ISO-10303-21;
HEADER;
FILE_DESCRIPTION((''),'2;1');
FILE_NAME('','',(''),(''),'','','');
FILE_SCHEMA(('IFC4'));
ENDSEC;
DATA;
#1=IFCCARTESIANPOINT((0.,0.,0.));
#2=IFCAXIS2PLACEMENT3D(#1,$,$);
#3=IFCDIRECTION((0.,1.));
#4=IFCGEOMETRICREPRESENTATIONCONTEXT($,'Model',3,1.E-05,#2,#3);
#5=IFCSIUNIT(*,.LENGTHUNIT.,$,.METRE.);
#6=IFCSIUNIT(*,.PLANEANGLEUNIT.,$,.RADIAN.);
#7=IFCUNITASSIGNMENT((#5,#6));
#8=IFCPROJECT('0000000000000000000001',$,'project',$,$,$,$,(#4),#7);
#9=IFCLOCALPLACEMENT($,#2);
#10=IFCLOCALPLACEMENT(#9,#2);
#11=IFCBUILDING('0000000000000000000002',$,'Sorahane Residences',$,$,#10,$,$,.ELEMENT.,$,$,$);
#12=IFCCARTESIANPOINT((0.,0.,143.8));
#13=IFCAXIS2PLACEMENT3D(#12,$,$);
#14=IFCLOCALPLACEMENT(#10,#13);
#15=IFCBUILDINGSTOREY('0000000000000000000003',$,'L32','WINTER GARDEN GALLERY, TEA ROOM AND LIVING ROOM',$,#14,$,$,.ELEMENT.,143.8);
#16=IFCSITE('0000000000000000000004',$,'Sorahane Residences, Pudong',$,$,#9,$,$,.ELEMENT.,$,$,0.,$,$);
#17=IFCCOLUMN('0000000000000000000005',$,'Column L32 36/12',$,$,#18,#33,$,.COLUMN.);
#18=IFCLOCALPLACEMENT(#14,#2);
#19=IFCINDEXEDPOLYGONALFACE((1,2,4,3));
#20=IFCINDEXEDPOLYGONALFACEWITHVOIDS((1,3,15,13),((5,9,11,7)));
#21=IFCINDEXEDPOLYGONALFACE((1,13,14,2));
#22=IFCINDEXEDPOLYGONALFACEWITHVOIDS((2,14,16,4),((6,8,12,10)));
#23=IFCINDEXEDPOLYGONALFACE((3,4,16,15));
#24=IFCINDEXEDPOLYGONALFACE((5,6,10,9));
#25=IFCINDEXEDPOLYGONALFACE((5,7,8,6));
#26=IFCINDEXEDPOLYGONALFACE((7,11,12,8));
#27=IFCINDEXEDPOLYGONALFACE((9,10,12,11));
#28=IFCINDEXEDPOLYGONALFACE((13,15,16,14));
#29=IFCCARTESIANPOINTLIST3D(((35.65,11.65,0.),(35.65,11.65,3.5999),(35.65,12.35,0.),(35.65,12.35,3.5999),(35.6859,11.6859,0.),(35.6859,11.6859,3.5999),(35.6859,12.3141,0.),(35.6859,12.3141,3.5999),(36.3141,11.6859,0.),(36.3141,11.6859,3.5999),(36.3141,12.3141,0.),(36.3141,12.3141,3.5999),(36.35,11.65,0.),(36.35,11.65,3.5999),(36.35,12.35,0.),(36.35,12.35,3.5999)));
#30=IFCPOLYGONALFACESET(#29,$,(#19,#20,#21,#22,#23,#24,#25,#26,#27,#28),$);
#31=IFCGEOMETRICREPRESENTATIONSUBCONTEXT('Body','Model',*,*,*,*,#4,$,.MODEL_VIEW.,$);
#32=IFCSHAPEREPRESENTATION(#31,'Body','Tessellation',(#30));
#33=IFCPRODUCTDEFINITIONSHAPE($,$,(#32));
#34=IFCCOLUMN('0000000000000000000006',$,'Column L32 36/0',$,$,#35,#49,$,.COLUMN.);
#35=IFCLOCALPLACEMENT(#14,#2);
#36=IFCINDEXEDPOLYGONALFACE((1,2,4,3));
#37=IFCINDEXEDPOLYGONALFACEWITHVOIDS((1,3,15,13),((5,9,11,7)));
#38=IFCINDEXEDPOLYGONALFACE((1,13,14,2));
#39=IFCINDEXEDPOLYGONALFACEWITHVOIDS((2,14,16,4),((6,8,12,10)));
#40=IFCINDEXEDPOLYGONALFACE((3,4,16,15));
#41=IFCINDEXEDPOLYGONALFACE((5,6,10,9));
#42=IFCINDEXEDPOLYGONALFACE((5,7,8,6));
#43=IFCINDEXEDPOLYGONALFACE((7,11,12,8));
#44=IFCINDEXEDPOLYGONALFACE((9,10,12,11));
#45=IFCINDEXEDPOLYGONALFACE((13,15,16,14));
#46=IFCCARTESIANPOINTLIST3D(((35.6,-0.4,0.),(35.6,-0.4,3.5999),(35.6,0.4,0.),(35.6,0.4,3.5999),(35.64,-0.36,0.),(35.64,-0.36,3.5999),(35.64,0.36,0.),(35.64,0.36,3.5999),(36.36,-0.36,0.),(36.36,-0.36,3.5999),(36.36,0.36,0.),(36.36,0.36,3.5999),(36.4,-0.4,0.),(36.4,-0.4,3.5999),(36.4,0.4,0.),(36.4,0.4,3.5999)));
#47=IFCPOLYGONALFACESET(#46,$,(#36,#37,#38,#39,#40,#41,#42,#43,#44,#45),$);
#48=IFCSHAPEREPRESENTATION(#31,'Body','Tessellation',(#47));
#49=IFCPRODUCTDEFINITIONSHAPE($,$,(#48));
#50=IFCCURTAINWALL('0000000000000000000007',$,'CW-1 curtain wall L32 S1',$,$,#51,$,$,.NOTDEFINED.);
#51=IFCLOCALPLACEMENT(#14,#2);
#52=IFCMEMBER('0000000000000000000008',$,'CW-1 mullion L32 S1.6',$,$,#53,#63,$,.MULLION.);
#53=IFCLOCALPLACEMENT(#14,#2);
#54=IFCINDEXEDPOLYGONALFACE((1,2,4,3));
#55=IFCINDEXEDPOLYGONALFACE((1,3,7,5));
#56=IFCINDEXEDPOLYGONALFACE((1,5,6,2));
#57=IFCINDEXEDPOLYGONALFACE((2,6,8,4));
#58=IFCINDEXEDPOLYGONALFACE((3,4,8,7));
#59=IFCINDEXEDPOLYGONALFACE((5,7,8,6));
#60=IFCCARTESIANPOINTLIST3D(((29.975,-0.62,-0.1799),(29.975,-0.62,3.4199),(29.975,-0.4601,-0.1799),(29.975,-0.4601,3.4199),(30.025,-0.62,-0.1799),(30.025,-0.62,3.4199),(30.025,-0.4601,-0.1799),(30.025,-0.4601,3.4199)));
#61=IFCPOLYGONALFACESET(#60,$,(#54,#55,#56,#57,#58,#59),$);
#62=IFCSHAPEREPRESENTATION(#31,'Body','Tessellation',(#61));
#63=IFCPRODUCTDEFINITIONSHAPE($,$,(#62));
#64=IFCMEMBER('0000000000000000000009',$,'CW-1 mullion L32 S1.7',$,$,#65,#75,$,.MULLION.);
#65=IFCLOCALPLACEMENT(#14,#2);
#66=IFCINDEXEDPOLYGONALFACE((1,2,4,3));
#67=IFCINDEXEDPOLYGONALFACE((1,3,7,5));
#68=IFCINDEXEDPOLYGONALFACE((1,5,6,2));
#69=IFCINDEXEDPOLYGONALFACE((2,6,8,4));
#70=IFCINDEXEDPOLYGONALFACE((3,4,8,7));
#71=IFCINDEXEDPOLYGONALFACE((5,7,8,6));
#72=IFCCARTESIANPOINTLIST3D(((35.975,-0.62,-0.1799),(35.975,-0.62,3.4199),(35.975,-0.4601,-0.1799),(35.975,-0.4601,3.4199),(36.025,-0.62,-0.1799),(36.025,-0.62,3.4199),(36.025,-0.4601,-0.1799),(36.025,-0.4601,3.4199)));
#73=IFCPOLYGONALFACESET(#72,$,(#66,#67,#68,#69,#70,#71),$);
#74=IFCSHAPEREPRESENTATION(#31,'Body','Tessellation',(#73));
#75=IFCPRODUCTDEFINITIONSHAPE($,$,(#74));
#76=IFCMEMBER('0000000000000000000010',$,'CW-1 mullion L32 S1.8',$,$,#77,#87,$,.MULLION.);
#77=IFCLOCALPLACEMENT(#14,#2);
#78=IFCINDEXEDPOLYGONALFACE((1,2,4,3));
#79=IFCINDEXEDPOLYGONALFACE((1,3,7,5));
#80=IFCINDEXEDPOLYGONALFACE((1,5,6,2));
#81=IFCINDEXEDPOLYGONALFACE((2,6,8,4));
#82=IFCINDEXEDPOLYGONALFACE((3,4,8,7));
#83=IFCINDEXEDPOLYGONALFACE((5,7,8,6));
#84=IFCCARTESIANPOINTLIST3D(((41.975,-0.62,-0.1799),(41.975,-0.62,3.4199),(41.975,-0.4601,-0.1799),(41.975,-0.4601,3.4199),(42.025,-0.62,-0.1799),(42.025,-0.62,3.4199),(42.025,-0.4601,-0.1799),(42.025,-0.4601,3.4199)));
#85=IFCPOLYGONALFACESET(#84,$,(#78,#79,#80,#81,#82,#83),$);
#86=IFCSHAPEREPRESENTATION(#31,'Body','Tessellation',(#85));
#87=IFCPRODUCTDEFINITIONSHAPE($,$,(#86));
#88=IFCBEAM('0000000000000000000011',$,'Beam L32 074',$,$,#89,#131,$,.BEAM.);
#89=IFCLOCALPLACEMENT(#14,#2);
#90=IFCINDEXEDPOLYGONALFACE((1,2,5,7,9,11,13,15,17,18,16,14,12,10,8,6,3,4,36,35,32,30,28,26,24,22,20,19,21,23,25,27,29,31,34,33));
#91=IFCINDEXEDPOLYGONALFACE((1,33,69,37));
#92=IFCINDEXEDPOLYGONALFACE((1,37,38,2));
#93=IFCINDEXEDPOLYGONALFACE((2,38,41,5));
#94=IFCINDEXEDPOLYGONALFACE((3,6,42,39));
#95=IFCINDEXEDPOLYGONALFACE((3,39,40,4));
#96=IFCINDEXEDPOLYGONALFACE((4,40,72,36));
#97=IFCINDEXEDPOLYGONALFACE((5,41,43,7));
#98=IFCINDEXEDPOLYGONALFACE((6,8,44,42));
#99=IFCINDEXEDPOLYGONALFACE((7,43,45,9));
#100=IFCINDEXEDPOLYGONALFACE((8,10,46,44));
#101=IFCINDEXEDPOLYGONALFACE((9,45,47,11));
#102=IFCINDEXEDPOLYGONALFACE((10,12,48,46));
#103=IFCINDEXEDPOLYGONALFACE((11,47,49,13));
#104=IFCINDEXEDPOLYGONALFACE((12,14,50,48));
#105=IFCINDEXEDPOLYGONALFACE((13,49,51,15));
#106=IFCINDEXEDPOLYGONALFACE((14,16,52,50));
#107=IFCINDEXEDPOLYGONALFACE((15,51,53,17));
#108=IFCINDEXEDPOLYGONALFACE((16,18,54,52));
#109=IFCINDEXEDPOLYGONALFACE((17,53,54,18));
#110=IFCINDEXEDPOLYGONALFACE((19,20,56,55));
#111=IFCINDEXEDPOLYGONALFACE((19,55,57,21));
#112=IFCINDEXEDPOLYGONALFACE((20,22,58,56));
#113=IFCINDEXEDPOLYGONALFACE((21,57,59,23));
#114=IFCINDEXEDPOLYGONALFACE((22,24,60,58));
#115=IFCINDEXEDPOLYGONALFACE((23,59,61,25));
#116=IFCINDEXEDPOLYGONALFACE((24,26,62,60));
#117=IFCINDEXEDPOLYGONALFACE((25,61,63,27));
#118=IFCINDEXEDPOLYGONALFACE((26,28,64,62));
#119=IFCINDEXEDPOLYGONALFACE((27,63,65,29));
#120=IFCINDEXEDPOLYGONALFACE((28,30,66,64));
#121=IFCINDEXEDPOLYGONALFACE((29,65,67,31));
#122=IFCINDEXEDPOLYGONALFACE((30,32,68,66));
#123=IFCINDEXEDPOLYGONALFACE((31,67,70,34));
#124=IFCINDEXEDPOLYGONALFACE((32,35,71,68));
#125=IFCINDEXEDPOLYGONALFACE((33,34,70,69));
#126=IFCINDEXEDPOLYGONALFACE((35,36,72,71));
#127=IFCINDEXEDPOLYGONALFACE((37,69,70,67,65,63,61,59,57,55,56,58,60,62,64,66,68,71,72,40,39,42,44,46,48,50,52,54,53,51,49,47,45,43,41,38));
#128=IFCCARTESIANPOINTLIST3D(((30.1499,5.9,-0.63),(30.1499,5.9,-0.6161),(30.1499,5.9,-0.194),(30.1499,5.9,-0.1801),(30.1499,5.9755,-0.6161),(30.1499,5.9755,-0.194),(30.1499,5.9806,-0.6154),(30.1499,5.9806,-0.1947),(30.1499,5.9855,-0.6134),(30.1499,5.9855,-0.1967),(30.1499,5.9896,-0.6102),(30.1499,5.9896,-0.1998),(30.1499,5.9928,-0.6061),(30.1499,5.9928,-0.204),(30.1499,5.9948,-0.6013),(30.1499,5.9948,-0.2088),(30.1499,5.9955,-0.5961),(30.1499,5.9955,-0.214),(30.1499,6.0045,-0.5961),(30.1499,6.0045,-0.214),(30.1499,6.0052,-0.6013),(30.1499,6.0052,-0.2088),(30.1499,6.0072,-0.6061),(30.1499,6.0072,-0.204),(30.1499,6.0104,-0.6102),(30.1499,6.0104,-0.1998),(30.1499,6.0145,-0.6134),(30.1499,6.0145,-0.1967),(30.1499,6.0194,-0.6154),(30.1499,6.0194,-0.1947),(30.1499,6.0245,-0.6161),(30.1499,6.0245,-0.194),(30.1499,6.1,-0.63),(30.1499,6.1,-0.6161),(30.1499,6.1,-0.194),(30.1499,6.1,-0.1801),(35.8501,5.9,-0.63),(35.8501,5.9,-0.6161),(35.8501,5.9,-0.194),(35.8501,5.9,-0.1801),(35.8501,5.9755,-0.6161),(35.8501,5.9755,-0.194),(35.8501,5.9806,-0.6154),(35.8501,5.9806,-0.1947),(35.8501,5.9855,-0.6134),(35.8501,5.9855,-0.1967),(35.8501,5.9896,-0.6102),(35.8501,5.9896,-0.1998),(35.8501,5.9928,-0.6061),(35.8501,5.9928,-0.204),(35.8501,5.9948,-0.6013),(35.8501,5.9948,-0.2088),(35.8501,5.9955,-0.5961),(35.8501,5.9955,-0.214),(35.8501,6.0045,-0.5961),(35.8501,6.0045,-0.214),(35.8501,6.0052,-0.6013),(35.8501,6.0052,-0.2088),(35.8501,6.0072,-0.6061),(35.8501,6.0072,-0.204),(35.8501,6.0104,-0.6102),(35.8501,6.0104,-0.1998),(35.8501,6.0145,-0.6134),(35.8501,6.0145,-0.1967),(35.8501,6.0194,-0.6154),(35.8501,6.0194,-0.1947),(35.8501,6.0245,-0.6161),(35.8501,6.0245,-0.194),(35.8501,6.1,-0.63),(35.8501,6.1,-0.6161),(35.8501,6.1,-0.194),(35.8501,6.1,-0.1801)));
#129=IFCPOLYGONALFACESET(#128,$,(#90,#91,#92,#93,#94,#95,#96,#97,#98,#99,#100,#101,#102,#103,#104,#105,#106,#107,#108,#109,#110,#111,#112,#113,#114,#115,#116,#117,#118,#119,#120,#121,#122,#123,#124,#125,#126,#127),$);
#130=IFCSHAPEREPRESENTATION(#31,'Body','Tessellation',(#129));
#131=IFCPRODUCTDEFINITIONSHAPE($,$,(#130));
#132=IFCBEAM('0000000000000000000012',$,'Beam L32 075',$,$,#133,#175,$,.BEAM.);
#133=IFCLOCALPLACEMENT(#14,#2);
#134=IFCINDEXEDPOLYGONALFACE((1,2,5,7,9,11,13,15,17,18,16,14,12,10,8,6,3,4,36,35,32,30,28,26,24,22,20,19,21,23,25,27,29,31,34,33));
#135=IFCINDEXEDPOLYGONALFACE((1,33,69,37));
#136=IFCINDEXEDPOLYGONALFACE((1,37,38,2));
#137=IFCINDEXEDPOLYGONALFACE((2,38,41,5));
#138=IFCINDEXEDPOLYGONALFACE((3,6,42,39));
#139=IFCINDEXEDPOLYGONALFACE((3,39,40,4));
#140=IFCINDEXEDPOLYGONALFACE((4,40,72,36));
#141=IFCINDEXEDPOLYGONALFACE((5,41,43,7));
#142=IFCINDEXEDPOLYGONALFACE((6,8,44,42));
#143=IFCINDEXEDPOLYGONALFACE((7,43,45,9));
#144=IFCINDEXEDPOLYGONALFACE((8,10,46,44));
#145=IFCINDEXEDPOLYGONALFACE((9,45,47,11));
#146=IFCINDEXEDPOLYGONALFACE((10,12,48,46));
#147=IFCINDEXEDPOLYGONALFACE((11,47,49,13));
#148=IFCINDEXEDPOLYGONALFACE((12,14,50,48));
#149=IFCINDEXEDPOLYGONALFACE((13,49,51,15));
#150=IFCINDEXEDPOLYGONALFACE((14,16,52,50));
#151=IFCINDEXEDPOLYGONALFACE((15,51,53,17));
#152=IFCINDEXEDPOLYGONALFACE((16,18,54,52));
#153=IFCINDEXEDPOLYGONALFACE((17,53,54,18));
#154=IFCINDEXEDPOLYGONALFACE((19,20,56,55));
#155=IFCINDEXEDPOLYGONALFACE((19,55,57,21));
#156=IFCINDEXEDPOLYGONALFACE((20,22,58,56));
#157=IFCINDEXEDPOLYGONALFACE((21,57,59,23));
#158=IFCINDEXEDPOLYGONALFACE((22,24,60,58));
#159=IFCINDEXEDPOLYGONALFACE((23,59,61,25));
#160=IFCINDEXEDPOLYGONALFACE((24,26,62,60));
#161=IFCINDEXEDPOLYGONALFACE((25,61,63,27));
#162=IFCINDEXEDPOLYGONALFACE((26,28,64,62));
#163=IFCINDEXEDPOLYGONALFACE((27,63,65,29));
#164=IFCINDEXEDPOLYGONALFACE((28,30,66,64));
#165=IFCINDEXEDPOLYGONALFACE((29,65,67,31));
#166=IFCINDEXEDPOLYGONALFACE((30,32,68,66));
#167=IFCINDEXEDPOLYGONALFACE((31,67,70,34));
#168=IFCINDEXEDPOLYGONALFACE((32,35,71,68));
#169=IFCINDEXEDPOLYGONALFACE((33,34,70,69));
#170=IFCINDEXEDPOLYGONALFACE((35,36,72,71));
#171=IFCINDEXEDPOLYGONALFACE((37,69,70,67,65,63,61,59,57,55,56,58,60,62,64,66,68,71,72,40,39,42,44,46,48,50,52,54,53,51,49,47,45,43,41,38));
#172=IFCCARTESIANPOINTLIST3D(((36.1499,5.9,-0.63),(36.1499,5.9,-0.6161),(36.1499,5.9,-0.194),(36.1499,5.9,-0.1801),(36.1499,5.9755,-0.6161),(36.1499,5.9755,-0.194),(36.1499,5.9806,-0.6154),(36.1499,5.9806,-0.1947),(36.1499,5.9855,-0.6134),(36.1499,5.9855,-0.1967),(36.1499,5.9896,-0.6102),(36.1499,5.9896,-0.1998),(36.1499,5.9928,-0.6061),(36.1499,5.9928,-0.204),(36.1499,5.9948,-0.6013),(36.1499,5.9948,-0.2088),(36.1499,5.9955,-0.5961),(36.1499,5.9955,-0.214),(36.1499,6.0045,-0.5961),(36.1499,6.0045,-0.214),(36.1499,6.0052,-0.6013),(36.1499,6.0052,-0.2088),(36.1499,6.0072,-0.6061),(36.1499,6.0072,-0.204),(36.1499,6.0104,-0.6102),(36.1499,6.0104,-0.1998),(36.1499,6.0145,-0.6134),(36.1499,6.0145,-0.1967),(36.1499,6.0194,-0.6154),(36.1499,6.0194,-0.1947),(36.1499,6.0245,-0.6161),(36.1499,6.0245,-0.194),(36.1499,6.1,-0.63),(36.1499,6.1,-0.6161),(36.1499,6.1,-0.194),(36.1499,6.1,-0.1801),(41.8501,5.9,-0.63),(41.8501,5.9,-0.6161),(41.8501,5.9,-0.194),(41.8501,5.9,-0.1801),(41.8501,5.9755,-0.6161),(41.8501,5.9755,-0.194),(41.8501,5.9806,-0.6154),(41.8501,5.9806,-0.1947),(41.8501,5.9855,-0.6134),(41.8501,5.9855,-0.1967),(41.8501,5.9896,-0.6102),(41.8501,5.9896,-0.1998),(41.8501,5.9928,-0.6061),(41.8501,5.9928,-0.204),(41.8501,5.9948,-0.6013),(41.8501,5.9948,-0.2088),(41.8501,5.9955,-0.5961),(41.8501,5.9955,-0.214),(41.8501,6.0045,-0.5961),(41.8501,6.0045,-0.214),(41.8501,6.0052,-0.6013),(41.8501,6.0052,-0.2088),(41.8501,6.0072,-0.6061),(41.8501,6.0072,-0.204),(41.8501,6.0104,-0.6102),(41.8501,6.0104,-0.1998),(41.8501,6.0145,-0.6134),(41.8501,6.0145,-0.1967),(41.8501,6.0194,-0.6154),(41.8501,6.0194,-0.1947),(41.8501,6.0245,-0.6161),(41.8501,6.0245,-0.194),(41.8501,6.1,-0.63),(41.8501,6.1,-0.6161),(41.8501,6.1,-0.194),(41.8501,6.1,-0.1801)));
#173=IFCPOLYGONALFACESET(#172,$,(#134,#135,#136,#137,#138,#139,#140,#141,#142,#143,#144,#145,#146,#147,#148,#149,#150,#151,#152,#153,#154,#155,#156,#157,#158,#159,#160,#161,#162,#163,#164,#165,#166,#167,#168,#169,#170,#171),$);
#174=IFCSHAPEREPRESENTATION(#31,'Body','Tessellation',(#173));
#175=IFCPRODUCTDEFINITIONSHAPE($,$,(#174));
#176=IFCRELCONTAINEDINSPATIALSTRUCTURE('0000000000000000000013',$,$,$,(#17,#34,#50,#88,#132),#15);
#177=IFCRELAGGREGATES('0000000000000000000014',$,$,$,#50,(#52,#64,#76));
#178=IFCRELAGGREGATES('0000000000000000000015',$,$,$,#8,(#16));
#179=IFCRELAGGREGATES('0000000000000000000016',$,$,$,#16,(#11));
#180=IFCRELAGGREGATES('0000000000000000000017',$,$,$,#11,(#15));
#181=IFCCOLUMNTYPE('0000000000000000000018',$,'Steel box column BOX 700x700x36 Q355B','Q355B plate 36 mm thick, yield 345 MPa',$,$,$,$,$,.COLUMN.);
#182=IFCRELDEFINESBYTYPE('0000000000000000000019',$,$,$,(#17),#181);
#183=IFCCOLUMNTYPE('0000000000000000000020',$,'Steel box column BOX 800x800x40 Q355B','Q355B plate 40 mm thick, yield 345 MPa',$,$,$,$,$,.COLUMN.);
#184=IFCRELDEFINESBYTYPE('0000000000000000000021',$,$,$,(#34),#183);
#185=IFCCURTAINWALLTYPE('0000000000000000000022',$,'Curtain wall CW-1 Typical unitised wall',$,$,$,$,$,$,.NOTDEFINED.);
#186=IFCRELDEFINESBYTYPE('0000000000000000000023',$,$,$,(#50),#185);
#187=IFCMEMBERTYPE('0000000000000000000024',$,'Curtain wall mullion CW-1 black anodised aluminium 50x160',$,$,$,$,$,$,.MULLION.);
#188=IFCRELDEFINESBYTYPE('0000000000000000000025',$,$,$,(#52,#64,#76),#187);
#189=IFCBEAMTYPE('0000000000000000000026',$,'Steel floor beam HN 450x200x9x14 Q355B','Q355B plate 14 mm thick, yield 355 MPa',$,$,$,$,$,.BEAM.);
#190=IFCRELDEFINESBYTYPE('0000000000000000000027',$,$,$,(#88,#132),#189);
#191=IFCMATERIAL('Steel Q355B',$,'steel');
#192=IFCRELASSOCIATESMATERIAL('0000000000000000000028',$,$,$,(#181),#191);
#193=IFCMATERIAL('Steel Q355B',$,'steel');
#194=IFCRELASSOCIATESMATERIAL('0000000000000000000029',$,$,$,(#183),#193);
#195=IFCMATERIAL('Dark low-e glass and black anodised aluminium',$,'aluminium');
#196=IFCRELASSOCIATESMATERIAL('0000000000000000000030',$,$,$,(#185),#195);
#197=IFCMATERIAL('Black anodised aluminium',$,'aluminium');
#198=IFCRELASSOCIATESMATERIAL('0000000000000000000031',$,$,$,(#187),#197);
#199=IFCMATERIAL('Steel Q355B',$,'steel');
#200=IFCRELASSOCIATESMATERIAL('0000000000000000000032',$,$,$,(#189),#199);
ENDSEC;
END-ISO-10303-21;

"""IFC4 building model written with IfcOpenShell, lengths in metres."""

from ifc_helpers import new_model, si_unit, direction, frame, origin, origin_2d, place, context, subcontext, project, spatial, rectangle, hollow_rectangle, i_section, extrude, material, material_profile, profile_set, type_object, element, aggregate, save


model = new_model("IFC4")

# Units and contexts
model_context = context("Model", 3, precision=1e-05, world=origin(), true_north=direction((0.0, 1.0)))
body_context = subcontext(model_context, "Body", "Model", "MODEL_VIEW")
ifc_project = project(units=[si_unit("LENGTHUNIT", "METRE"), si_unit("PLANEANGLEUNIT", "RADIAN")], contexts=[model_context])

# Site, building, storey
site_placement = place(None, origin())
site = spatial("IfcSite", under=ifc_project, at=site_placement, Name="Sorahane Residences, Pudong", CompositionType="ELEMENT", RefElevation=0.0)
building_placement = place(site_placement, origin())
building = spatial("IfcBuilding", under=site, at=building_placement, Name="Sorahane Residences", CompositionType="ELEMENT")
storey_placement = place(building_placement, frame((0.0, 0.0, 143.8)))
storey = spatial("IfcBuildingStorey", under=building, at=storey_placement, Name="L32", Description="WINTER GARDEN GALLERY, TEA ROOM AND LIVING ROOM", CompositionType="ELEMENT", Elevation=143.8)

# Columns
ifc_material_1 = material(Name="Steel Q355B", Category="steel")
ifc_material_profile_1 = material_profile(ifc_material_1, hollow_rectangle(XDim=0.7, YDim=0.7, WallThickness=0.0359, at=origin_2d()), Name="BOX 700x700x36")
ifc_profile_set_1 = profile_set([ifc_material_profile_1], Name="Steel Q355B")
column_type_1 = type_object("IfcColumnType", Name="Steel box column BOX 700x700x36 Q355B", Description="Q355B plate 36 mm thick, yield 345 MPa", PredefinedType="COLUMN", material=ifc_profile_set_1)
column_1_placement = place(storey_placement, frame((36.0, 12.0, 0.0), z_axis=(0.0, 0.0, 1.0), x_axis=(1.0, 0.0, 0.0)))
element("IfcColumn", 1, at=column_1_placement, inside=storey, type_object=column_type_1, Name="Column L32 36/12", PredefinedType="COLUMN", context=body_context, shape_type="SweptSolid", body=[
    extrude(hollow_rectangle(XDim=0.7, YDim=0.7, WallThickness=0.0359, at=origin_2d()), origin(), (0.0, 0.0, 1.0), 3.5999),
])
ifc_material_2 = material(Name="Steel Q355B", Category="steel")
ifc_material_profile_2 = material_profile(ifc_material_2, hollow_rectangle(XDim=0.8, YDim=0.8, WallThickness=0.04, at=origin_2d()), Name="BOX 800x800x40")
ifc_profile_set_2 = profile_set([ifc_material_profile_2], Name="Steel Q355B")
column_type_2 = type_object("IfcColumnType", Name="Steel box column BOX 800x800x40 Q355B", Description="Q355B plate 40 mm thick, yield 345 MPa", PredefinedType="COLUMN", material=ifc_profile_set_2)
column_2_placement = place(storey_placement, frame((36.0, 0.0, 0.0), z_axis=(0.0, 0.0, 1.0), x_axis=(1.0, 0.0, 0.0)))
element("IfcColumn", 2, at=column_2_placement, inside=storey, type_object=column_type_2, Name="Column L32 36/0", PredefinedType="COLUMN", context=body_context, shape_type="SweptSolid", body=[
    extrude(hollow_rectangle(XDim=0.8, YDim=0.8, WallThickness=0.04, at=origin_2d()), origin(), (0.0, 0.0, 1.0), 3.5999),
])

# Curtain wall, members
ifc_material_3 = material(Name="Dark low-e glass and black anodised aluminium", Category="aluminium")
curtain_wall_type = type_object("IfcCurtainWallType", Name="Curtain wall CW-1 Typical unitised wall", PredefinedType="NOTDEFINED", material=ifc_material_3)
curtain_wall_placement = place(storey_placement, origin())
curtain_wall = element("IfcCurtainWall", 3, at=curtain_wall_placement, inside=storey, type_object=curtain_wall_type, Name="CW-1 curtain wall L32 S1", PredefinedType="NOTDEFINED")
ifc_material_4 = material(Name="Black anodised aluminium", Category="aluminium")
ifc_material_profile_3 = material_profile(ifc_material_4, rectangle(XDim=0.1599, YDim=0.05, at=origin_2d()), Name="Curtain wall mullion CW-1 black anodised aluminium 50x160")
ifc_profile_set_3 = profile_set([ifc_material_profile_3], Name="Black anodised aluminium")
member_type = type_object("IfcMemberType", Name="Curtain wall mullion CW-1 black anodised aluminium 50x160", PredefinedType="MULLION", material=ifc_profile_set_3)
member_1_placement = place(storey_placement, frame((30.0, -0.54, -0.1799), z_axis=(0.0, 0.0, 1.0), x_axis=(0.0, -1.0, 0.0)))
member_1 = element("IfcMember", 4, at=member_1_placement, type_object=member_type, Name="CW-1 mullion L32 S1.6", PredefinedType="MULLION", context=body_context, shape_type="SweptSolid", body=[
    extrude(rectangle(XDim=0.1599, YDim=0.05, at=origin_2d()), origin(), (0.0, 0.0, 1.0), 3.5999),
])
member_2_placement = place(storey_placement, frame((36.0, -0.54, -0.1799), z_axis=(0.0, 0.0, 1.0), x_axis=(0.0, -1.0, 0.0)))
member_2 = element("IfcMember", 5, at=member_2_placement, type_object=member_type, Name="CW-1 mullion L32 S1.7", PredefinedType="MULLION", context=body_context, shape_type="SweptSolid", body=[
    extrude(rectangle(XDim=0.1599, YDim=0.05, at=origin_2d()), origin(), (0.0, 0.0, 1.0), 3.5999),
])
member_3_placement = place(storey_placement, frame((42.0, -0.54, -0.1799), z_axis=(0.0, 0.0, 1.0), x_axis=(0.0, -1.0, 0.0)))
member_3 = element("IfcMember", 6, at=member_3_placement, type_object=member_type, Name="CW-1 mullion L32 S1.8", PredefinedType="MULLION", context=body_context, shape_type="SweptSolid", body=[
    extrude(rectangle(XDim=0.1599, YDim=0.05, at=origin_2d()), origin(), (0.0, 0.0, 1.0), 3.5999),
])

# Beams
ifc_material_5 = material(Name="Steel Q355B", Category="steel")
ifc_material_profile_4 = material_profile(ifc_material_5, i_section(OverallWidth=0.2, OverallDepth=0.45, WebThickness=0.009, FlangeThickness=0.0139, FilletRadius=0.02, at=origin_2d()), Name="HN 450x200x9x14")
ifc_profile_set_4 = profile_set([ifc_material_profile_4], Name="Steel Q355B")
beam_type_1 = type_object("IfcBeamType", Name="Steel floor beam HN 450x200x9x14 Q355B", Description="Q355B plate 14 mm thick, yield 355 MPa", PredefinedType="BEAM", material=ifc_profile_set_4)
for number, where, z_axis, x_axis, name in (
    (7, (30.1499, 6.0, -0.405), (1.0, 0.0, 0.0), (0.0, 1.0, 0.0), "Beam L32 074"),
    (8, (36.1499, 6.0, -0.405), (1.0, 0.0, 0.0), (0.0, 1.0, 0.0), "Beam L32 075"),
):
    element("IfcBeam", number, at=place(storey_placement, frame(where, z_axis=z_axis, x_axis=x_axis)), inside=storey, type_object=beam_type_1, Name=name, PredefinedType="BEAM", context=body_context, shape_type="SweptSolid", body=[
        extrude(i_section(OverallWidth=0.2, OverallDepth=0.45, WebThickness=0.009, FlangeThickness=0.0139, FilletRadius=0.02, at=origin_2d()), origin(), (0.0, 0.0, 1.0), 5.7002),
    ])

aggregate(curtain_wall, [member_1, member_2, member_3])

save(model, "model.ifc")
